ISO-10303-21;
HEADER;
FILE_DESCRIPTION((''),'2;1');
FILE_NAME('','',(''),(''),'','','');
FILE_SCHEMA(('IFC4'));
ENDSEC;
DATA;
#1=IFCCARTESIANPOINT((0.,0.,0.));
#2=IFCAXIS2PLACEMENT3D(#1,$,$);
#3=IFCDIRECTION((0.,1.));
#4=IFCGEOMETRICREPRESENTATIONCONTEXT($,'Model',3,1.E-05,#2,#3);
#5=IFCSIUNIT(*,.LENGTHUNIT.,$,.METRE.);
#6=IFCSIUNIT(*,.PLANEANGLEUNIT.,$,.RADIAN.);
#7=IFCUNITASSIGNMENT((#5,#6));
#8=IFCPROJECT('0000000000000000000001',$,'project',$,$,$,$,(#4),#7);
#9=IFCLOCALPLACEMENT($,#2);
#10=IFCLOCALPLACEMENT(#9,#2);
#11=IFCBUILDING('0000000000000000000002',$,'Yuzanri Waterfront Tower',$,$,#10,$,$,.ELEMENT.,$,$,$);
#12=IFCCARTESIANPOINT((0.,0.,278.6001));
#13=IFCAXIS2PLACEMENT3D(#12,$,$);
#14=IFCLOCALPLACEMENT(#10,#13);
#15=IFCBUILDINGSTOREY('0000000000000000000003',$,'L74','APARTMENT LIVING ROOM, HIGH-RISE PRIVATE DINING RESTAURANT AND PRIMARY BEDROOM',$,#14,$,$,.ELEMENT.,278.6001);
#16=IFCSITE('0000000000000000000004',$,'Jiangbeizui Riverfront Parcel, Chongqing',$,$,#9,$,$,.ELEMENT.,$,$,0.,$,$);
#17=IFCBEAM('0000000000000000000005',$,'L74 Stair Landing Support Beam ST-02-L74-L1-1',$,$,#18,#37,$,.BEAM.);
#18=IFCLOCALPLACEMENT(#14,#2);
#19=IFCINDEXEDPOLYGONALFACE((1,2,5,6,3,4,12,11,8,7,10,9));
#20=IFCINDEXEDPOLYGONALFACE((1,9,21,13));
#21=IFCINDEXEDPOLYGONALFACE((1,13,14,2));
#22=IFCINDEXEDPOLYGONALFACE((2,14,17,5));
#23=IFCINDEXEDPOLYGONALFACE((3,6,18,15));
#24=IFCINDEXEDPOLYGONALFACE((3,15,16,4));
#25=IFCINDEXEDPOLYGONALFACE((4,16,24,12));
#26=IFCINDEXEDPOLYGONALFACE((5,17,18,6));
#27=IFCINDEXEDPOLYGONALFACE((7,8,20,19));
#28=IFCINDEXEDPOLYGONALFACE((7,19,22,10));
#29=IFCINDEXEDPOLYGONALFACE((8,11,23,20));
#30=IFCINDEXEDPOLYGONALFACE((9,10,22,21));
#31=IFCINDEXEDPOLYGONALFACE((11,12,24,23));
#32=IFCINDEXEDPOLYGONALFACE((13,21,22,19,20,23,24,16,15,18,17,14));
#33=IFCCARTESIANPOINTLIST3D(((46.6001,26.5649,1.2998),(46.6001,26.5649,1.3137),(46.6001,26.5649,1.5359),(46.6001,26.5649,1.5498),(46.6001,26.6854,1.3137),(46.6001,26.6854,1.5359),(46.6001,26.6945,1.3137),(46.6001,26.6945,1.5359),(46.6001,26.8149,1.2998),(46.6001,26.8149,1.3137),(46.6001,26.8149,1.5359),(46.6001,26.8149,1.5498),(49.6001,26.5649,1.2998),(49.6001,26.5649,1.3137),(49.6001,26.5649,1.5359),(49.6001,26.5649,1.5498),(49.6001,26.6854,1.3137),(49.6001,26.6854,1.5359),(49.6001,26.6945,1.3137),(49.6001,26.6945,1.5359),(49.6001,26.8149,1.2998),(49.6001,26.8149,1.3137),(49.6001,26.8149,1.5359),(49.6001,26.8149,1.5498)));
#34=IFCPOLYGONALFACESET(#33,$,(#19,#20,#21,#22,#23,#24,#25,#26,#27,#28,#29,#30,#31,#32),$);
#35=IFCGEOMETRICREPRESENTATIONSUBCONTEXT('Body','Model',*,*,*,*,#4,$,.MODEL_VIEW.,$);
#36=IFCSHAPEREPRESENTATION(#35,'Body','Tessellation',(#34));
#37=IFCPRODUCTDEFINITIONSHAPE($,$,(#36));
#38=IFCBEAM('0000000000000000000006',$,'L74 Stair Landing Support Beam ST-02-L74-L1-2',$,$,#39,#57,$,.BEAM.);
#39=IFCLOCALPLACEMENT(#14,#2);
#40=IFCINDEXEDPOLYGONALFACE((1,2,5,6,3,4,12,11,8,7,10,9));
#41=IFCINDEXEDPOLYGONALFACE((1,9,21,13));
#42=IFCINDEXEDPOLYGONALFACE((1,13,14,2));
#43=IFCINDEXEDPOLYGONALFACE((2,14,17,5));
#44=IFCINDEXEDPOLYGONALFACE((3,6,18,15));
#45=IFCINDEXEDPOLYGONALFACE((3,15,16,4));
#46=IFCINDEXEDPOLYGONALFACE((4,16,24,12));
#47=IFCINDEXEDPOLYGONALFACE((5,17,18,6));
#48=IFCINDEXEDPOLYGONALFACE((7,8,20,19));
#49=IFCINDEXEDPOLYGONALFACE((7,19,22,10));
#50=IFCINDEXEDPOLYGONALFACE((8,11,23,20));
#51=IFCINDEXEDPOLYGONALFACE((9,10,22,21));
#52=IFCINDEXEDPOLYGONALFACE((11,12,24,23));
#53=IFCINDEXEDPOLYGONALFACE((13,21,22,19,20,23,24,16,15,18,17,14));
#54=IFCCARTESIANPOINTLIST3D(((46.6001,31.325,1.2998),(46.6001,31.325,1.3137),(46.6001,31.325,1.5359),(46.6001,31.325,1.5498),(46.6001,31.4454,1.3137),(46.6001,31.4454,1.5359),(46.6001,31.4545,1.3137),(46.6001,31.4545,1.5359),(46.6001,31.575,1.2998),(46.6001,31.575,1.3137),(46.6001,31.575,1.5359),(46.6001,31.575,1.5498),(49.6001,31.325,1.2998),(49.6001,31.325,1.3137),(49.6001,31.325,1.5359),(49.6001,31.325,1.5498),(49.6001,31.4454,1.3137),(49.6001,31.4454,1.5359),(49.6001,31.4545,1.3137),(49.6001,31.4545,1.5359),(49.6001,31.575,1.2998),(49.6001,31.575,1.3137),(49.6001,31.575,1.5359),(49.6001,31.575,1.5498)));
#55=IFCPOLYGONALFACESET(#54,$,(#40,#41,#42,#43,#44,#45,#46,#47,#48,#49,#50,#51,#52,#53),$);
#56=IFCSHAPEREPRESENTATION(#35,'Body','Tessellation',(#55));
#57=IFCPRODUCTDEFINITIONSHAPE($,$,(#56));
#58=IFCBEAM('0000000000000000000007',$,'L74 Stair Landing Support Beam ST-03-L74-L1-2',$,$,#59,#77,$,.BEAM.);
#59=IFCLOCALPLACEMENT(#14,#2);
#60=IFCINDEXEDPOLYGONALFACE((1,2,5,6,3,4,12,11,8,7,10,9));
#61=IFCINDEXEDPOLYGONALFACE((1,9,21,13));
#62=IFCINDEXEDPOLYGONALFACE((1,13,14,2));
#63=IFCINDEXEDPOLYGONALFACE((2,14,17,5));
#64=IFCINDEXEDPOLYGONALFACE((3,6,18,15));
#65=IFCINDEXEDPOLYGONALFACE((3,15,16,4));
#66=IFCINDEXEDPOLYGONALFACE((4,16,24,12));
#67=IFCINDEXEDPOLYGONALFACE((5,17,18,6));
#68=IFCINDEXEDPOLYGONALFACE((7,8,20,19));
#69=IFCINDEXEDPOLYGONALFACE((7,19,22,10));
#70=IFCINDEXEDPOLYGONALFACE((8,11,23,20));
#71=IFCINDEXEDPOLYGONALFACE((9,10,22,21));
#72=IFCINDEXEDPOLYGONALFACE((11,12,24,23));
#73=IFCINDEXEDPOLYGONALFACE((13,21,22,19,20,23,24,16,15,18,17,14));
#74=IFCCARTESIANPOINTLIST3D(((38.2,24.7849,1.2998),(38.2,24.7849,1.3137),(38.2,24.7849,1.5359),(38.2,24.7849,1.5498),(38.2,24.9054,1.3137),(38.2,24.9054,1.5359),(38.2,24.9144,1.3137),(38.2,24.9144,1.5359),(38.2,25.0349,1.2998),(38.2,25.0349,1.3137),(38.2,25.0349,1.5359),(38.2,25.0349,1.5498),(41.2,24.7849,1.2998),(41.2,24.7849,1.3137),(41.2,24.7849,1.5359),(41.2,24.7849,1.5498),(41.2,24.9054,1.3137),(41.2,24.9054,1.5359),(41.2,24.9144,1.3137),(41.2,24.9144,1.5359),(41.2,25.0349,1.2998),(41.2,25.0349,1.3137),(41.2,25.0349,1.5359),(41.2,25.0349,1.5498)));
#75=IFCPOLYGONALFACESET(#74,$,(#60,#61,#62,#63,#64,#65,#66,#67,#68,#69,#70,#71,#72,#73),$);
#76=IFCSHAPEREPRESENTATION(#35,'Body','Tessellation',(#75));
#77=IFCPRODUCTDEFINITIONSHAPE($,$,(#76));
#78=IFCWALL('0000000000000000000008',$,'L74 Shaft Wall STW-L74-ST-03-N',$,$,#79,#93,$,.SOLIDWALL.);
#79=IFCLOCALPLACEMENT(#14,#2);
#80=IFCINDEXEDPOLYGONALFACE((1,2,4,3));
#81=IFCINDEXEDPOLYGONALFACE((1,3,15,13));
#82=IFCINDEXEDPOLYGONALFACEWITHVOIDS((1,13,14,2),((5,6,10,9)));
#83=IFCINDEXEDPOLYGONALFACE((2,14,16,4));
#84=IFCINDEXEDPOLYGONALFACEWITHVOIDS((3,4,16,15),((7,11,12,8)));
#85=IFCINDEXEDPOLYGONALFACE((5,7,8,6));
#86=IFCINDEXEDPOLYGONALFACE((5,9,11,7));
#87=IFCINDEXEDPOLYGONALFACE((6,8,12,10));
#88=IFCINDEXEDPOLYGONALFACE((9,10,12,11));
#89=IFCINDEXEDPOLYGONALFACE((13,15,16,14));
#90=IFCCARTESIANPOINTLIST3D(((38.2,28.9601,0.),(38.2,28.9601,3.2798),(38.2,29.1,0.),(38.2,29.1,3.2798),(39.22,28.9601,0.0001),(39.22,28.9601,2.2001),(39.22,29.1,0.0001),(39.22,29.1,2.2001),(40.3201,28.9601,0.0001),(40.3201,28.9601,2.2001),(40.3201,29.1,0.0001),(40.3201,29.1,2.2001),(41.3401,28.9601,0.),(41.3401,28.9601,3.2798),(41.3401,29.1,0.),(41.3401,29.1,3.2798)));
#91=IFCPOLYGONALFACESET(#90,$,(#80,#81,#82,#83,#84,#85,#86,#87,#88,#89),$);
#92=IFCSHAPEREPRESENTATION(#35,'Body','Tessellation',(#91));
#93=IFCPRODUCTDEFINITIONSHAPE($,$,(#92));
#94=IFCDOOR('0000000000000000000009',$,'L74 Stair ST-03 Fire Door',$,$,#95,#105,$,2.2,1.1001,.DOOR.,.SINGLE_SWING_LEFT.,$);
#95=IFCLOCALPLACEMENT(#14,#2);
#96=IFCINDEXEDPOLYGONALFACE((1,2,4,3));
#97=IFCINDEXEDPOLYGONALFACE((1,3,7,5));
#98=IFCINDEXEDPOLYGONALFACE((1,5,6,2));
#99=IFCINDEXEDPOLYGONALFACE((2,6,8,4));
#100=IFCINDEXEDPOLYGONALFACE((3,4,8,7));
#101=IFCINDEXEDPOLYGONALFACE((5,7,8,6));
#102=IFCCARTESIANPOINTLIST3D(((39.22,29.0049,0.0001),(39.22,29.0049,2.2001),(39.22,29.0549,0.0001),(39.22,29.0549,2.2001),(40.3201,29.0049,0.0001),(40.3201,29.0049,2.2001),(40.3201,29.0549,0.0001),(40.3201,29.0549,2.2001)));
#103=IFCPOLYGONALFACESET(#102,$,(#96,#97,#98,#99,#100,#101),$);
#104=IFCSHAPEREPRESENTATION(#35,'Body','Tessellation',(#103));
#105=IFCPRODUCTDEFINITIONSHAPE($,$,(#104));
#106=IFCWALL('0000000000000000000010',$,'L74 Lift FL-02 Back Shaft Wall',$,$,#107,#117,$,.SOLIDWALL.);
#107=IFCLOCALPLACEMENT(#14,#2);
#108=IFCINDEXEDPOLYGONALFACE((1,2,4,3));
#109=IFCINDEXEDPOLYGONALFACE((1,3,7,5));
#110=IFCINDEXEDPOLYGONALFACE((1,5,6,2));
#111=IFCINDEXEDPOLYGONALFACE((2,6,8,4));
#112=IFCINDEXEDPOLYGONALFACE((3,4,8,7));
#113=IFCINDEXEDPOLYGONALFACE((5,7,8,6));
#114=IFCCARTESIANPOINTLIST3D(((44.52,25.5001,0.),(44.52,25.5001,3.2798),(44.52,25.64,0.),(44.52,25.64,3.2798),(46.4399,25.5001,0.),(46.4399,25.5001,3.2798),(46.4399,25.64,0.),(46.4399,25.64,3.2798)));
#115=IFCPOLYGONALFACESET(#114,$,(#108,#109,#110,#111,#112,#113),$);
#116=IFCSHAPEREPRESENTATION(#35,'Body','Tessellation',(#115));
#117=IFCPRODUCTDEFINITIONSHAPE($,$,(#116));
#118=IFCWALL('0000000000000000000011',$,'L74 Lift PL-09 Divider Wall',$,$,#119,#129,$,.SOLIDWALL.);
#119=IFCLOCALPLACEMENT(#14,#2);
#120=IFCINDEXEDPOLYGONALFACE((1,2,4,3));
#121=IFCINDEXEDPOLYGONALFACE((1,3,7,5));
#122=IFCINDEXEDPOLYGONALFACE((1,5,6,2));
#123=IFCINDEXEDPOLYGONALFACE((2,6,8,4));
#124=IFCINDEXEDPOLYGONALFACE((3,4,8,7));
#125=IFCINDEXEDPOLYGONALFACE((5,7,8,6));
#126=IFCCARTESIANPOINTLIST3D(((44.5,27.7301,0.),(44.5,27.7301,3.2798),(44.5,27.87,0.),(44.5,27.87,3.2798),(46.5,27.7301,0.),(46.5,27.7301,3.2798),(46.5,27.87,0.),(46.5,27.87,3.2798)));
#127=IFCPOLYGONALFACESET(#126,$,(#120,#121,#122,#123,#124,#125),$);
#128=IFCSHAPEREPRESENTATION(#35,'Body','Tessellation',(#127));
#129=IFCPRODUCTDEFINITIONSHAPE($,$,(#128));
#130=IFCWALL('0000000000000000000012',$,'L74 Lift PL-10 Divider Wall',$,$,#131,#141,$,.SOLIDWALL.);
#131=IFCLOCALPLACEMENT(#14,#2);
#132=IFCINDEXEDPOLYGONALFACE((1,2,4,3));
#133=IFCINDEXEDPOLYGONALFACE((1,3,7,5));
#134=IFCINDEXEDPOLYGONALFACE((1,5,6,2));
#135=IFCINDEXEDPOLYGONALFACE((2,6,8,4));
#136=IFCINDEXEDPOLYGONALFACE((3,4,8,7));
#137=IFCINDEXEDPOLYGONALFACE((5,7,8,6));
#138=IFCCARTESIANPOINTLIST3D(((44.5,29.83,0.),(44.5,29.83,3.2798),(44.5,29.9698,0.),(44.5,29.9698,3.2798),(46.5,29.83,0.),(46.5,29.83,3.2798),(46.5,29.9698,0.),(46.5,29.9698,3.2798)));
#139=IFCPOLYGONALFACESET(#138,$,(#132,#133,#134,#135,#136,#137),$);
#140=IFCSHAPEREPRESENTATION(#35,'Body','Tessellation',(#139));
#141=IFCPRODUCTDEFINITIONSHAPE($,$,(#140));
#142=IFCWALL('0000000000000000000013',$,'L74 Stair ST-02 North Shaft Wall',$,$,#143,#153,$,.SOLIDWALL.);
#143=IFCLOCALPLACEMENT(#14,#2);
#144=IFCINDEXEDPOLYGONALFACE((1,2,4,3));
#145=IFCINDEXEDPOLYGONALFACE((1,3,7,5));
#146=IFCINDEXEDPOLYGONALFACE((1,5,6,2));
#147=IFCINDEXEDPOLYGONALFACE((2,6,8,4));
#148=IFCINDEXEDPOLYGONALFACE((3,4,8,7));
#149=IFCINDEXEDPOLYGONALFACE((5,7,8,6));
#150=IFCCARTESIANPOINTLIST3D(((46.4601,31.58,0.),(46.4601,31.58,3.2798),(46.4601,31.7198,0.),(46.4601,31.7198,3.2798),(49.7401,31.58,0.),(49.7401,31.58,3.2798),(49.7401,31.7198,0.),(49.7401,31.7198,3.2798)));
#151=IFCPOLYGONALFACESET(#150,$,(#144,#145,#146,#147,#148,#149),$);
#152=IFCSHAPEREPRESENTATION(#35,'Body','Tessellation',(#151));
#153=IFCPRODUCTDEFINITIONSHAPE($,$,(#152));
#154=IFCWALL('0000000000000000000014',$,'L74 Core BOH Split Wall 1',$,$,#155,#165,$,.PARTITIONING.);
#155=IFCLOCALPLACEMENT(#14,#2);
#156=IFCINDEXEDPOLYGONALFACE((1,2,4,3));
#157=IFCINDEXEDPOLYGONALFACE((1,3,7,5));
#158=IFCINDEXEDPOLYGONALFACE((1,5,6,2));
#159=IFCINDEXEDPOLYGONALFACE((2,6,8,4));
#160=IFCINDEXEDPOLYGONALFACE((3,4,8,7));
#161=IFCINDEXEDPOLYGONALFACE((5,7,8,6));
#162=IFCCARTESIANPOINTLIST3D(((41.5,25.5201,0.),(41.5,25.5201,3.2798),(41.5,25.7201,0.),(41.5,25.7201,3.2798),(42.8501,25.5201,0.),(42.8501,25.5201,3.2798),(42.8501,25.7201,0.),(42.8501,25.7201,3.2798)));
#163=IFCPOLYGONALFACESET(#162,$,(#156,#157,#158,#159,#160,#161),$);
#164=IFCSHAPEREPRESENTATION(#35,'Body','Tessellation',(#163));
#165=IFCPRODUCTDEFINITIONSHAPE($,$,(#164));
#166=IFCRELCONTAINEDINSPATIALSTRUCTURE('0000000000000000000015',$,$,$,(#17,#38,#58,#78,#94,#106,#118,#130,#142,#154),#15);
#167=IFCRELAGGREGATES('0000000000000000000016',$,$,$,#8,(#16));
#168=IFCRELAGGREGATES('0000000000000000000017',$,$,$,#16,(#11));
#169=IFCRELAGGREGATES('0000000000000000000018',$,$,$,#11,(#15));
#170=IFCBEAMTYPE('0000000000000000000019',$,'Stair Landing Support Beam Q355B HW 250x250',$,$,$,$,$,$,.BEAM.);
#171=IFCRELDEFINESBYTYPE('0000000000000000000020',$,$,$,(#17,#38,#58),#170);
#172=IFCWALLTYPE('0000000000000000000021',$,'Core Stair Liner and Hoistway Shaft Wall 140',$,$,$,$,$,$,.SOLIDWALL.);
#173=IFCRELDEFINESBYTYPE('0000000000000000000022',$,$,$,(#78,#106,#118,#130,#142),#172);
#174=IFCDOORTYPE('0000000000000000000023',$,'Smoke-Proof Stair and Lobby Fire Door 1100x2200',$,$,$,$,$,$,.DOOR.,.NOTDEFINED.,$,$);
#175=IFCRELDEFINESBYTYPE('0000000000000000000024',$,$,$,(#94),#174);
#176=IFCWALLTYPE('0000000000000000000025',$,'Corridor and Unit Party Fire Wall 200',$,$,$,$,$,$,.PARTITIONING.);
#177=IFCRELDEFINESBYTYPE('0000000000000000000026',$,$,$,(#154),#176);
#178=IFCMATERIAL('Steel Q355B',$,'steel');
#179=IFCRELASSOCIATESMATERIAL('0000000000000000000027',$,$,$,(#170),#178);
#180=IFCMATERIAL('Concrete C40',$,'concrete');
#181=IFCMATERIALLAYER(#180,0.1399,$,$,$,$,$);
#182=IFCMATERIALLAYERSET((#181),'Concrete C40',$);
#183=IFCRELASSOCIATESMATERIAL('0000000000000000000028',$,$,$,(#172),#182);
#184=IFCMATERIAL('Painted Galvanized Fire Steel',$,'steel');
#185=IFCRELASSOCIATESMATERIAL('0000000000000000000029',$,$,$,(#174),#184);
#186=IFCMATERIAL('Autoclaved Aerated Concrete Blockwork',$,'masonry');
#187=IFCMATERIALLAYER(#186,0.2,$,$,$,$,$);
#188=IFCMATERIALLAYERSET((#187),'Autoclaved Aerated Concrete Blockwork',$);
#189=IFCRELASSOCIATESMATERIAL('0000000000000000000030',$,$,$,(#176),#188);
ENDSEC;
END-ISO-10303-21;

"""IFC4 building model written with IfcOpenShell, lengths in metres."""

from ifc_helpers import new_model, si_unit, direction, frame, frame_2d, origin, origin_2d, place, context, subcontext, project, spatial, rectangle, i_section, extrude, source, transform, mapped, material, layer, layer_set, material_profile, profile_set, type_object, element, fill, save


model = new_model("IFC4")

# Units and contexts
model_context = context("Model", 3, precision=1e-05, world=origin(), true_north=direction((0.0, 1.0)))
body_context = subcontext(model_context, "Body", "Model", "MODEL_VIEW")
ifc_project = project(units=[si_unit("LENGTHUNIT", "METRE"), si_unit("PLANEANGLEUNIT", "RADIAN")], contexts=[model_context])

# Site, building, storey
site_placement = place(None, origin())
site = spatial("IfcSite", under=ifc_project, at=site_placement, Name="Jiangbeizui Riverfront Parcel, Chongqing", CompositionType="ELEMENT", RefElevation=0.0)
building_placement = place(site_placement, origin())
building = spatial("IfcBuilding", under=site, at=building_placement, Name="Yuzanri Waterfront Tower", CompositionType="ELEMENT")
storey_placement = place(building_placement, frame((0.0, 0.0, 278.6001)))
storey = spatial("IfcBuildingStorey", under=building, at=storey_placement, Name="L74", Description="APARTMENT LIVING ROOM, HIGH-RISE PRIVATE DINING RESTAURANT AND PRIMARY BEDROOM", CompositionType="ELEMENT", Elevation=278.6001)

# Beams
ifc_material_1 = material(Name="Steel Q355B", Category="steel")
ifc_material_profile = material_profile(ifc_material_1, i_section(OverallWidth=0.25, OverallDepth=0.25, WebThickness=0.009, FlangeThickness=0.0139, at=origin_2d()), Name="HW 250x250x9x14")
ifc_profile_set = profile_set([ifc_material_profile], Name="Steel Q355B")
beam_type = type_object("IfcBeamType", Name="Stair Landing Support Beam Q355B HW 250x250", PredefinedType="BEAM", material=ifc_profile_set)
shared_shape_1 = source(origin(), body_context, "Body", "SweptSolid", [
    extrude(i_section(OverallWidth=0.25, OverallDepth=0.25, WebThickness=0.009, FlangeThickness=0.0139, at=origin_2d()), origin(), (0.0, 0.0, 1.0), 3.0),
])
for number, where, z_axis, x_axis, name in (
    (1, (46.6001, 26.6899, 1.4248), (1.0, 0.0, 0.0), (0.0, 1.0, 0.0), "L74 Stair Landing Support Beam ST-02-L74-L1-1"),
    (2, (46.6001, 31.45, 1.4248), (1.0, 0.0, 0.0), (0.0, 1.0, 0.0), "L74 Stair Landing Support Beam ST-02-L74-L1-2"),
    (3, (38.2, 24.9099, 1.4248), (1.0, 0.0, 0.0), (0.0, 1.0, 0.0), "L74 Stair Landing Support Beam ST-03-L74-L1-2"),
):
    element("IfcBeam", number, at=place(storey_placement, frame(where, z_axis=z_axis, x_axis=x_axis)), inside=storey, type_object=beam_type, Name=name, PredefinedType="BEAM", context=body_context, shape_type="MappedRepresentation", body=[
        mapped(shared_shape_1, transform((0.0, 0.0, 0.0), scale=1.0)),
    ])

# Wall, opening, door
ifc_material_2 = material(Name="Concrete C40", Category="concrete")
ifc_layer_1 = layer(ifc_material_2, 0.1399)
ifc_layer_set_1 = layer_set([ifc_layer_1], Name="Concrete C40")
wall_type_1 = type_object("IfcWallType", Name="Core Stair Liner and Hoistway Shaft Wall 140", PredefinedType="SOLIDWALL", material=ifc_layer_set_1)
wall_1_placement = place(storey_placement, frame((38.2, 29.03, 0.0), z_axis=(0.0, 0.0, 1.0), x_axis=(1.0, 0.0, 0.0)))
wall_1 = element("IfcWall", 4, at=wall_1_placement, inside=storey, type_object=wall_type_1, Name="L74 Shaft Wall STW-L74-ST-03-N", PredefinedType="SOLIDWALL", context=body_context, shape_type="SweptSolid", body=[
    extrude(rectangle(XDim=3.1401, YDim=0.1399, at=frame_2d((1.5701, 0.0))), origin(), (0.0, 0.0, 1.0), 3.2798),
])
opening_placement = place(wall_1_placement, frame((1.02, 0.0, 0.0)))
opening = element("IfcOpeningElement", 5, at=opening_placement, cuts=wall_1, PredefinedType="OPENING", context=body_context, shape_type="SweptSolid", body=[
    extrude(rectangle(XDim=1.1001, YDim=2.2, at=frame_2d((0.55, 1.1001))), frame((0.0, 0.085, 0.0), z_axis=(0.0, -1.0, 0.0), x_axis=(1.0, 0.0, 0.0)), (0.0, 0.0, 1.0), 0.1697),
])
ifc_material_3 = material(Name="Painted Galvanized Fire Steel", Category="steel")
door_type = type_object("IfcDoorType", Name="Smoke-Proof Stair and Lobby Fire Door 1100x2200", OperationType="NOTDEFINED", PredefinedType="DOOR", material=ifc_material_3)
shared_shape_2 = source(origin(), body_context, "Body", "SweptSolid", [
    extrude(rectangle(XDim=1.1001, YDim=2.2, at=frame_2d((0.55, 1.1001))), frame((0.0, 0.0249, 0.0), z_axis=(0.0, -1.0, 0.0), x_axis=(1.0, 0.0, 0.0)), (0.0, 0.0, 1.0), 0.05),
])
door_placement = place(opening_placement, origin())
door = element("IfcDoor", 6, at=door_placement, inside=storey, type_object=door_type, Name="L74 Stair ST-03 Fire Door", OperationType="SINGLE_SWING_LEFT", OverallHeight=2.2, OverallWidth=1.1001, PredefinedType="DOOR", context=body_context, shape_type="MappedRepresentation", body=[
    mapped(shared_shape_2, transform((0.0, 0.0, 0.0), scale=1.0)),
])
fill(opening, door)

# Walls
shared_shape_3 = source(origin(), body_context, "Body", "SweptSolid", [
    extrude(rectangle(XDim=1.9199, YDim=0.1399, at=frame_2d((0.96, 0.0))), origin(), (0.0, 0.0, 1.0), 3.2798),
])
wall_2_placement = place(storey_placement, frame((44.52, 25.5701, 0.0), z_axis=(0.0, 0.0, 1.0), x_axis=(1.0, 0.0, 0.0)))
element("IfcWall", 7, at=wall_2_placement, inside=storey, type_object=wall_type_1, Name="L74 Lift FL-02 Back Shaft Wall", PredefinedType="SOLIDWALL", context=body_context, shape_type="MappedRepresentation", body=[
    mapped(shared_shape_3, transform((0.0, 0.0, 0.0), scale=1.0)),
])
shared_shape_4 = source(origin(), body_context, "Body", "SweptSolid", [
    extrude(rectangle(XDim=2.0, YDim=0.1399, at=frame_2d((1.0, 0.0))), origin(), (0.0, 0.0, 1.0), 3.2798),
])
for number, where, z_axis, x_axis, name in (
    (8, (44.5, 27.8, 0.0), (0.0, 0.0, 1.0), (1.0, 0.0, 0.0), "L74 Lift PL-09 Divider Wall"),
    (9, (44.5, 29.8999, 0.0), (0.0, 0.0, 1.0), (1.0, 0.0, 0.0), "L74 Lift PL-10 Divider Wall"),
):
    element("IfcWall", number, at=place(storey_placement, frame(where, z_axis=z_axis, x_axis=x_axis)), inside=storey, type_object=wall_type_1, Name=name, PredefinedType="SOLIDWALL", context=body_context, shape_type="MappedRepresentation", body=[
        mapped(shared_shape_4, transform((0.0, 0.0, 0.0), scale=1.0)),
    ])
shared_shape_5 = source(origin(), body_context, "Body", "SweptSolid", [
    extrude(rectangle(XDim=3.28, YDim=0.1399, at=frame_2d((1.6401, 0.0))), origin(), (0.0, 0.0, 1.0), 3.2798),
])
wall_3_placement = place(storey_placement, frame((46.46, 31.6499, 0.0), z_axis=(0.0, 0.0, 1.0), x_axis=(1.0, 0.0, 0.0)))
element("IfcWall", 10, at=wall_3_placement, inside=storey, type_object=wall_type_1, Name="L74 Stair ST-02 North Shaft Wall", PredefinedType="SOLIDWALL", context=body_context, shape_type="MappedRepresentation", body=[
    mapped(shared_shape_5, transform((0.0, 0.0, 0.0), scale=1.0)),
])
ifc_material_4 = material(Name="Autoclaved Aerated Concrete Blockwork", Category="masonry")
ifc_layer_2 = layer(ifc_material_4, 0.2)
ifc_layer_set_2 = layer_set([ifc_layer_2], Name="Autoclaved Aerated Concrete Blockwork")
wall_type_2 = type_object("IfcWallType", Name="Corridor and Unit Party Fire Wall 200", PredefinedType="PARTITIONING", material=ifc_layer_set_2)
shared_shape_6 = source(origin(), body_context, "Body", "SweptSolid", [
    extrude(rectangle(XDim=1.3501, YDim=0.2, at=frame_2d((0.675, 0.0))), origin(), (0.0, 0.0, 1.0), 3.2798),
])
wall_4_placement = place(storey_placement, frame((41.5, 25.6201, 0.0), z_axis=(0.0, 0.0, 1.0), x_axis=(1.0, 0.0, 0.0)))
element("IfcWall", 11, at=wall_4_placement, inside=storey, type_object=wall_type_2, Name="L74 Core BOH Split Wall 1", PredefinedType="PARTITIONING", context=body_context, shape_type="MappedRepresentation", body=[
    mapped(shared_shape_6, transform((0.0, 0.0, 0.0), scale=1.0)),
])

save(model, "model.ifc")
